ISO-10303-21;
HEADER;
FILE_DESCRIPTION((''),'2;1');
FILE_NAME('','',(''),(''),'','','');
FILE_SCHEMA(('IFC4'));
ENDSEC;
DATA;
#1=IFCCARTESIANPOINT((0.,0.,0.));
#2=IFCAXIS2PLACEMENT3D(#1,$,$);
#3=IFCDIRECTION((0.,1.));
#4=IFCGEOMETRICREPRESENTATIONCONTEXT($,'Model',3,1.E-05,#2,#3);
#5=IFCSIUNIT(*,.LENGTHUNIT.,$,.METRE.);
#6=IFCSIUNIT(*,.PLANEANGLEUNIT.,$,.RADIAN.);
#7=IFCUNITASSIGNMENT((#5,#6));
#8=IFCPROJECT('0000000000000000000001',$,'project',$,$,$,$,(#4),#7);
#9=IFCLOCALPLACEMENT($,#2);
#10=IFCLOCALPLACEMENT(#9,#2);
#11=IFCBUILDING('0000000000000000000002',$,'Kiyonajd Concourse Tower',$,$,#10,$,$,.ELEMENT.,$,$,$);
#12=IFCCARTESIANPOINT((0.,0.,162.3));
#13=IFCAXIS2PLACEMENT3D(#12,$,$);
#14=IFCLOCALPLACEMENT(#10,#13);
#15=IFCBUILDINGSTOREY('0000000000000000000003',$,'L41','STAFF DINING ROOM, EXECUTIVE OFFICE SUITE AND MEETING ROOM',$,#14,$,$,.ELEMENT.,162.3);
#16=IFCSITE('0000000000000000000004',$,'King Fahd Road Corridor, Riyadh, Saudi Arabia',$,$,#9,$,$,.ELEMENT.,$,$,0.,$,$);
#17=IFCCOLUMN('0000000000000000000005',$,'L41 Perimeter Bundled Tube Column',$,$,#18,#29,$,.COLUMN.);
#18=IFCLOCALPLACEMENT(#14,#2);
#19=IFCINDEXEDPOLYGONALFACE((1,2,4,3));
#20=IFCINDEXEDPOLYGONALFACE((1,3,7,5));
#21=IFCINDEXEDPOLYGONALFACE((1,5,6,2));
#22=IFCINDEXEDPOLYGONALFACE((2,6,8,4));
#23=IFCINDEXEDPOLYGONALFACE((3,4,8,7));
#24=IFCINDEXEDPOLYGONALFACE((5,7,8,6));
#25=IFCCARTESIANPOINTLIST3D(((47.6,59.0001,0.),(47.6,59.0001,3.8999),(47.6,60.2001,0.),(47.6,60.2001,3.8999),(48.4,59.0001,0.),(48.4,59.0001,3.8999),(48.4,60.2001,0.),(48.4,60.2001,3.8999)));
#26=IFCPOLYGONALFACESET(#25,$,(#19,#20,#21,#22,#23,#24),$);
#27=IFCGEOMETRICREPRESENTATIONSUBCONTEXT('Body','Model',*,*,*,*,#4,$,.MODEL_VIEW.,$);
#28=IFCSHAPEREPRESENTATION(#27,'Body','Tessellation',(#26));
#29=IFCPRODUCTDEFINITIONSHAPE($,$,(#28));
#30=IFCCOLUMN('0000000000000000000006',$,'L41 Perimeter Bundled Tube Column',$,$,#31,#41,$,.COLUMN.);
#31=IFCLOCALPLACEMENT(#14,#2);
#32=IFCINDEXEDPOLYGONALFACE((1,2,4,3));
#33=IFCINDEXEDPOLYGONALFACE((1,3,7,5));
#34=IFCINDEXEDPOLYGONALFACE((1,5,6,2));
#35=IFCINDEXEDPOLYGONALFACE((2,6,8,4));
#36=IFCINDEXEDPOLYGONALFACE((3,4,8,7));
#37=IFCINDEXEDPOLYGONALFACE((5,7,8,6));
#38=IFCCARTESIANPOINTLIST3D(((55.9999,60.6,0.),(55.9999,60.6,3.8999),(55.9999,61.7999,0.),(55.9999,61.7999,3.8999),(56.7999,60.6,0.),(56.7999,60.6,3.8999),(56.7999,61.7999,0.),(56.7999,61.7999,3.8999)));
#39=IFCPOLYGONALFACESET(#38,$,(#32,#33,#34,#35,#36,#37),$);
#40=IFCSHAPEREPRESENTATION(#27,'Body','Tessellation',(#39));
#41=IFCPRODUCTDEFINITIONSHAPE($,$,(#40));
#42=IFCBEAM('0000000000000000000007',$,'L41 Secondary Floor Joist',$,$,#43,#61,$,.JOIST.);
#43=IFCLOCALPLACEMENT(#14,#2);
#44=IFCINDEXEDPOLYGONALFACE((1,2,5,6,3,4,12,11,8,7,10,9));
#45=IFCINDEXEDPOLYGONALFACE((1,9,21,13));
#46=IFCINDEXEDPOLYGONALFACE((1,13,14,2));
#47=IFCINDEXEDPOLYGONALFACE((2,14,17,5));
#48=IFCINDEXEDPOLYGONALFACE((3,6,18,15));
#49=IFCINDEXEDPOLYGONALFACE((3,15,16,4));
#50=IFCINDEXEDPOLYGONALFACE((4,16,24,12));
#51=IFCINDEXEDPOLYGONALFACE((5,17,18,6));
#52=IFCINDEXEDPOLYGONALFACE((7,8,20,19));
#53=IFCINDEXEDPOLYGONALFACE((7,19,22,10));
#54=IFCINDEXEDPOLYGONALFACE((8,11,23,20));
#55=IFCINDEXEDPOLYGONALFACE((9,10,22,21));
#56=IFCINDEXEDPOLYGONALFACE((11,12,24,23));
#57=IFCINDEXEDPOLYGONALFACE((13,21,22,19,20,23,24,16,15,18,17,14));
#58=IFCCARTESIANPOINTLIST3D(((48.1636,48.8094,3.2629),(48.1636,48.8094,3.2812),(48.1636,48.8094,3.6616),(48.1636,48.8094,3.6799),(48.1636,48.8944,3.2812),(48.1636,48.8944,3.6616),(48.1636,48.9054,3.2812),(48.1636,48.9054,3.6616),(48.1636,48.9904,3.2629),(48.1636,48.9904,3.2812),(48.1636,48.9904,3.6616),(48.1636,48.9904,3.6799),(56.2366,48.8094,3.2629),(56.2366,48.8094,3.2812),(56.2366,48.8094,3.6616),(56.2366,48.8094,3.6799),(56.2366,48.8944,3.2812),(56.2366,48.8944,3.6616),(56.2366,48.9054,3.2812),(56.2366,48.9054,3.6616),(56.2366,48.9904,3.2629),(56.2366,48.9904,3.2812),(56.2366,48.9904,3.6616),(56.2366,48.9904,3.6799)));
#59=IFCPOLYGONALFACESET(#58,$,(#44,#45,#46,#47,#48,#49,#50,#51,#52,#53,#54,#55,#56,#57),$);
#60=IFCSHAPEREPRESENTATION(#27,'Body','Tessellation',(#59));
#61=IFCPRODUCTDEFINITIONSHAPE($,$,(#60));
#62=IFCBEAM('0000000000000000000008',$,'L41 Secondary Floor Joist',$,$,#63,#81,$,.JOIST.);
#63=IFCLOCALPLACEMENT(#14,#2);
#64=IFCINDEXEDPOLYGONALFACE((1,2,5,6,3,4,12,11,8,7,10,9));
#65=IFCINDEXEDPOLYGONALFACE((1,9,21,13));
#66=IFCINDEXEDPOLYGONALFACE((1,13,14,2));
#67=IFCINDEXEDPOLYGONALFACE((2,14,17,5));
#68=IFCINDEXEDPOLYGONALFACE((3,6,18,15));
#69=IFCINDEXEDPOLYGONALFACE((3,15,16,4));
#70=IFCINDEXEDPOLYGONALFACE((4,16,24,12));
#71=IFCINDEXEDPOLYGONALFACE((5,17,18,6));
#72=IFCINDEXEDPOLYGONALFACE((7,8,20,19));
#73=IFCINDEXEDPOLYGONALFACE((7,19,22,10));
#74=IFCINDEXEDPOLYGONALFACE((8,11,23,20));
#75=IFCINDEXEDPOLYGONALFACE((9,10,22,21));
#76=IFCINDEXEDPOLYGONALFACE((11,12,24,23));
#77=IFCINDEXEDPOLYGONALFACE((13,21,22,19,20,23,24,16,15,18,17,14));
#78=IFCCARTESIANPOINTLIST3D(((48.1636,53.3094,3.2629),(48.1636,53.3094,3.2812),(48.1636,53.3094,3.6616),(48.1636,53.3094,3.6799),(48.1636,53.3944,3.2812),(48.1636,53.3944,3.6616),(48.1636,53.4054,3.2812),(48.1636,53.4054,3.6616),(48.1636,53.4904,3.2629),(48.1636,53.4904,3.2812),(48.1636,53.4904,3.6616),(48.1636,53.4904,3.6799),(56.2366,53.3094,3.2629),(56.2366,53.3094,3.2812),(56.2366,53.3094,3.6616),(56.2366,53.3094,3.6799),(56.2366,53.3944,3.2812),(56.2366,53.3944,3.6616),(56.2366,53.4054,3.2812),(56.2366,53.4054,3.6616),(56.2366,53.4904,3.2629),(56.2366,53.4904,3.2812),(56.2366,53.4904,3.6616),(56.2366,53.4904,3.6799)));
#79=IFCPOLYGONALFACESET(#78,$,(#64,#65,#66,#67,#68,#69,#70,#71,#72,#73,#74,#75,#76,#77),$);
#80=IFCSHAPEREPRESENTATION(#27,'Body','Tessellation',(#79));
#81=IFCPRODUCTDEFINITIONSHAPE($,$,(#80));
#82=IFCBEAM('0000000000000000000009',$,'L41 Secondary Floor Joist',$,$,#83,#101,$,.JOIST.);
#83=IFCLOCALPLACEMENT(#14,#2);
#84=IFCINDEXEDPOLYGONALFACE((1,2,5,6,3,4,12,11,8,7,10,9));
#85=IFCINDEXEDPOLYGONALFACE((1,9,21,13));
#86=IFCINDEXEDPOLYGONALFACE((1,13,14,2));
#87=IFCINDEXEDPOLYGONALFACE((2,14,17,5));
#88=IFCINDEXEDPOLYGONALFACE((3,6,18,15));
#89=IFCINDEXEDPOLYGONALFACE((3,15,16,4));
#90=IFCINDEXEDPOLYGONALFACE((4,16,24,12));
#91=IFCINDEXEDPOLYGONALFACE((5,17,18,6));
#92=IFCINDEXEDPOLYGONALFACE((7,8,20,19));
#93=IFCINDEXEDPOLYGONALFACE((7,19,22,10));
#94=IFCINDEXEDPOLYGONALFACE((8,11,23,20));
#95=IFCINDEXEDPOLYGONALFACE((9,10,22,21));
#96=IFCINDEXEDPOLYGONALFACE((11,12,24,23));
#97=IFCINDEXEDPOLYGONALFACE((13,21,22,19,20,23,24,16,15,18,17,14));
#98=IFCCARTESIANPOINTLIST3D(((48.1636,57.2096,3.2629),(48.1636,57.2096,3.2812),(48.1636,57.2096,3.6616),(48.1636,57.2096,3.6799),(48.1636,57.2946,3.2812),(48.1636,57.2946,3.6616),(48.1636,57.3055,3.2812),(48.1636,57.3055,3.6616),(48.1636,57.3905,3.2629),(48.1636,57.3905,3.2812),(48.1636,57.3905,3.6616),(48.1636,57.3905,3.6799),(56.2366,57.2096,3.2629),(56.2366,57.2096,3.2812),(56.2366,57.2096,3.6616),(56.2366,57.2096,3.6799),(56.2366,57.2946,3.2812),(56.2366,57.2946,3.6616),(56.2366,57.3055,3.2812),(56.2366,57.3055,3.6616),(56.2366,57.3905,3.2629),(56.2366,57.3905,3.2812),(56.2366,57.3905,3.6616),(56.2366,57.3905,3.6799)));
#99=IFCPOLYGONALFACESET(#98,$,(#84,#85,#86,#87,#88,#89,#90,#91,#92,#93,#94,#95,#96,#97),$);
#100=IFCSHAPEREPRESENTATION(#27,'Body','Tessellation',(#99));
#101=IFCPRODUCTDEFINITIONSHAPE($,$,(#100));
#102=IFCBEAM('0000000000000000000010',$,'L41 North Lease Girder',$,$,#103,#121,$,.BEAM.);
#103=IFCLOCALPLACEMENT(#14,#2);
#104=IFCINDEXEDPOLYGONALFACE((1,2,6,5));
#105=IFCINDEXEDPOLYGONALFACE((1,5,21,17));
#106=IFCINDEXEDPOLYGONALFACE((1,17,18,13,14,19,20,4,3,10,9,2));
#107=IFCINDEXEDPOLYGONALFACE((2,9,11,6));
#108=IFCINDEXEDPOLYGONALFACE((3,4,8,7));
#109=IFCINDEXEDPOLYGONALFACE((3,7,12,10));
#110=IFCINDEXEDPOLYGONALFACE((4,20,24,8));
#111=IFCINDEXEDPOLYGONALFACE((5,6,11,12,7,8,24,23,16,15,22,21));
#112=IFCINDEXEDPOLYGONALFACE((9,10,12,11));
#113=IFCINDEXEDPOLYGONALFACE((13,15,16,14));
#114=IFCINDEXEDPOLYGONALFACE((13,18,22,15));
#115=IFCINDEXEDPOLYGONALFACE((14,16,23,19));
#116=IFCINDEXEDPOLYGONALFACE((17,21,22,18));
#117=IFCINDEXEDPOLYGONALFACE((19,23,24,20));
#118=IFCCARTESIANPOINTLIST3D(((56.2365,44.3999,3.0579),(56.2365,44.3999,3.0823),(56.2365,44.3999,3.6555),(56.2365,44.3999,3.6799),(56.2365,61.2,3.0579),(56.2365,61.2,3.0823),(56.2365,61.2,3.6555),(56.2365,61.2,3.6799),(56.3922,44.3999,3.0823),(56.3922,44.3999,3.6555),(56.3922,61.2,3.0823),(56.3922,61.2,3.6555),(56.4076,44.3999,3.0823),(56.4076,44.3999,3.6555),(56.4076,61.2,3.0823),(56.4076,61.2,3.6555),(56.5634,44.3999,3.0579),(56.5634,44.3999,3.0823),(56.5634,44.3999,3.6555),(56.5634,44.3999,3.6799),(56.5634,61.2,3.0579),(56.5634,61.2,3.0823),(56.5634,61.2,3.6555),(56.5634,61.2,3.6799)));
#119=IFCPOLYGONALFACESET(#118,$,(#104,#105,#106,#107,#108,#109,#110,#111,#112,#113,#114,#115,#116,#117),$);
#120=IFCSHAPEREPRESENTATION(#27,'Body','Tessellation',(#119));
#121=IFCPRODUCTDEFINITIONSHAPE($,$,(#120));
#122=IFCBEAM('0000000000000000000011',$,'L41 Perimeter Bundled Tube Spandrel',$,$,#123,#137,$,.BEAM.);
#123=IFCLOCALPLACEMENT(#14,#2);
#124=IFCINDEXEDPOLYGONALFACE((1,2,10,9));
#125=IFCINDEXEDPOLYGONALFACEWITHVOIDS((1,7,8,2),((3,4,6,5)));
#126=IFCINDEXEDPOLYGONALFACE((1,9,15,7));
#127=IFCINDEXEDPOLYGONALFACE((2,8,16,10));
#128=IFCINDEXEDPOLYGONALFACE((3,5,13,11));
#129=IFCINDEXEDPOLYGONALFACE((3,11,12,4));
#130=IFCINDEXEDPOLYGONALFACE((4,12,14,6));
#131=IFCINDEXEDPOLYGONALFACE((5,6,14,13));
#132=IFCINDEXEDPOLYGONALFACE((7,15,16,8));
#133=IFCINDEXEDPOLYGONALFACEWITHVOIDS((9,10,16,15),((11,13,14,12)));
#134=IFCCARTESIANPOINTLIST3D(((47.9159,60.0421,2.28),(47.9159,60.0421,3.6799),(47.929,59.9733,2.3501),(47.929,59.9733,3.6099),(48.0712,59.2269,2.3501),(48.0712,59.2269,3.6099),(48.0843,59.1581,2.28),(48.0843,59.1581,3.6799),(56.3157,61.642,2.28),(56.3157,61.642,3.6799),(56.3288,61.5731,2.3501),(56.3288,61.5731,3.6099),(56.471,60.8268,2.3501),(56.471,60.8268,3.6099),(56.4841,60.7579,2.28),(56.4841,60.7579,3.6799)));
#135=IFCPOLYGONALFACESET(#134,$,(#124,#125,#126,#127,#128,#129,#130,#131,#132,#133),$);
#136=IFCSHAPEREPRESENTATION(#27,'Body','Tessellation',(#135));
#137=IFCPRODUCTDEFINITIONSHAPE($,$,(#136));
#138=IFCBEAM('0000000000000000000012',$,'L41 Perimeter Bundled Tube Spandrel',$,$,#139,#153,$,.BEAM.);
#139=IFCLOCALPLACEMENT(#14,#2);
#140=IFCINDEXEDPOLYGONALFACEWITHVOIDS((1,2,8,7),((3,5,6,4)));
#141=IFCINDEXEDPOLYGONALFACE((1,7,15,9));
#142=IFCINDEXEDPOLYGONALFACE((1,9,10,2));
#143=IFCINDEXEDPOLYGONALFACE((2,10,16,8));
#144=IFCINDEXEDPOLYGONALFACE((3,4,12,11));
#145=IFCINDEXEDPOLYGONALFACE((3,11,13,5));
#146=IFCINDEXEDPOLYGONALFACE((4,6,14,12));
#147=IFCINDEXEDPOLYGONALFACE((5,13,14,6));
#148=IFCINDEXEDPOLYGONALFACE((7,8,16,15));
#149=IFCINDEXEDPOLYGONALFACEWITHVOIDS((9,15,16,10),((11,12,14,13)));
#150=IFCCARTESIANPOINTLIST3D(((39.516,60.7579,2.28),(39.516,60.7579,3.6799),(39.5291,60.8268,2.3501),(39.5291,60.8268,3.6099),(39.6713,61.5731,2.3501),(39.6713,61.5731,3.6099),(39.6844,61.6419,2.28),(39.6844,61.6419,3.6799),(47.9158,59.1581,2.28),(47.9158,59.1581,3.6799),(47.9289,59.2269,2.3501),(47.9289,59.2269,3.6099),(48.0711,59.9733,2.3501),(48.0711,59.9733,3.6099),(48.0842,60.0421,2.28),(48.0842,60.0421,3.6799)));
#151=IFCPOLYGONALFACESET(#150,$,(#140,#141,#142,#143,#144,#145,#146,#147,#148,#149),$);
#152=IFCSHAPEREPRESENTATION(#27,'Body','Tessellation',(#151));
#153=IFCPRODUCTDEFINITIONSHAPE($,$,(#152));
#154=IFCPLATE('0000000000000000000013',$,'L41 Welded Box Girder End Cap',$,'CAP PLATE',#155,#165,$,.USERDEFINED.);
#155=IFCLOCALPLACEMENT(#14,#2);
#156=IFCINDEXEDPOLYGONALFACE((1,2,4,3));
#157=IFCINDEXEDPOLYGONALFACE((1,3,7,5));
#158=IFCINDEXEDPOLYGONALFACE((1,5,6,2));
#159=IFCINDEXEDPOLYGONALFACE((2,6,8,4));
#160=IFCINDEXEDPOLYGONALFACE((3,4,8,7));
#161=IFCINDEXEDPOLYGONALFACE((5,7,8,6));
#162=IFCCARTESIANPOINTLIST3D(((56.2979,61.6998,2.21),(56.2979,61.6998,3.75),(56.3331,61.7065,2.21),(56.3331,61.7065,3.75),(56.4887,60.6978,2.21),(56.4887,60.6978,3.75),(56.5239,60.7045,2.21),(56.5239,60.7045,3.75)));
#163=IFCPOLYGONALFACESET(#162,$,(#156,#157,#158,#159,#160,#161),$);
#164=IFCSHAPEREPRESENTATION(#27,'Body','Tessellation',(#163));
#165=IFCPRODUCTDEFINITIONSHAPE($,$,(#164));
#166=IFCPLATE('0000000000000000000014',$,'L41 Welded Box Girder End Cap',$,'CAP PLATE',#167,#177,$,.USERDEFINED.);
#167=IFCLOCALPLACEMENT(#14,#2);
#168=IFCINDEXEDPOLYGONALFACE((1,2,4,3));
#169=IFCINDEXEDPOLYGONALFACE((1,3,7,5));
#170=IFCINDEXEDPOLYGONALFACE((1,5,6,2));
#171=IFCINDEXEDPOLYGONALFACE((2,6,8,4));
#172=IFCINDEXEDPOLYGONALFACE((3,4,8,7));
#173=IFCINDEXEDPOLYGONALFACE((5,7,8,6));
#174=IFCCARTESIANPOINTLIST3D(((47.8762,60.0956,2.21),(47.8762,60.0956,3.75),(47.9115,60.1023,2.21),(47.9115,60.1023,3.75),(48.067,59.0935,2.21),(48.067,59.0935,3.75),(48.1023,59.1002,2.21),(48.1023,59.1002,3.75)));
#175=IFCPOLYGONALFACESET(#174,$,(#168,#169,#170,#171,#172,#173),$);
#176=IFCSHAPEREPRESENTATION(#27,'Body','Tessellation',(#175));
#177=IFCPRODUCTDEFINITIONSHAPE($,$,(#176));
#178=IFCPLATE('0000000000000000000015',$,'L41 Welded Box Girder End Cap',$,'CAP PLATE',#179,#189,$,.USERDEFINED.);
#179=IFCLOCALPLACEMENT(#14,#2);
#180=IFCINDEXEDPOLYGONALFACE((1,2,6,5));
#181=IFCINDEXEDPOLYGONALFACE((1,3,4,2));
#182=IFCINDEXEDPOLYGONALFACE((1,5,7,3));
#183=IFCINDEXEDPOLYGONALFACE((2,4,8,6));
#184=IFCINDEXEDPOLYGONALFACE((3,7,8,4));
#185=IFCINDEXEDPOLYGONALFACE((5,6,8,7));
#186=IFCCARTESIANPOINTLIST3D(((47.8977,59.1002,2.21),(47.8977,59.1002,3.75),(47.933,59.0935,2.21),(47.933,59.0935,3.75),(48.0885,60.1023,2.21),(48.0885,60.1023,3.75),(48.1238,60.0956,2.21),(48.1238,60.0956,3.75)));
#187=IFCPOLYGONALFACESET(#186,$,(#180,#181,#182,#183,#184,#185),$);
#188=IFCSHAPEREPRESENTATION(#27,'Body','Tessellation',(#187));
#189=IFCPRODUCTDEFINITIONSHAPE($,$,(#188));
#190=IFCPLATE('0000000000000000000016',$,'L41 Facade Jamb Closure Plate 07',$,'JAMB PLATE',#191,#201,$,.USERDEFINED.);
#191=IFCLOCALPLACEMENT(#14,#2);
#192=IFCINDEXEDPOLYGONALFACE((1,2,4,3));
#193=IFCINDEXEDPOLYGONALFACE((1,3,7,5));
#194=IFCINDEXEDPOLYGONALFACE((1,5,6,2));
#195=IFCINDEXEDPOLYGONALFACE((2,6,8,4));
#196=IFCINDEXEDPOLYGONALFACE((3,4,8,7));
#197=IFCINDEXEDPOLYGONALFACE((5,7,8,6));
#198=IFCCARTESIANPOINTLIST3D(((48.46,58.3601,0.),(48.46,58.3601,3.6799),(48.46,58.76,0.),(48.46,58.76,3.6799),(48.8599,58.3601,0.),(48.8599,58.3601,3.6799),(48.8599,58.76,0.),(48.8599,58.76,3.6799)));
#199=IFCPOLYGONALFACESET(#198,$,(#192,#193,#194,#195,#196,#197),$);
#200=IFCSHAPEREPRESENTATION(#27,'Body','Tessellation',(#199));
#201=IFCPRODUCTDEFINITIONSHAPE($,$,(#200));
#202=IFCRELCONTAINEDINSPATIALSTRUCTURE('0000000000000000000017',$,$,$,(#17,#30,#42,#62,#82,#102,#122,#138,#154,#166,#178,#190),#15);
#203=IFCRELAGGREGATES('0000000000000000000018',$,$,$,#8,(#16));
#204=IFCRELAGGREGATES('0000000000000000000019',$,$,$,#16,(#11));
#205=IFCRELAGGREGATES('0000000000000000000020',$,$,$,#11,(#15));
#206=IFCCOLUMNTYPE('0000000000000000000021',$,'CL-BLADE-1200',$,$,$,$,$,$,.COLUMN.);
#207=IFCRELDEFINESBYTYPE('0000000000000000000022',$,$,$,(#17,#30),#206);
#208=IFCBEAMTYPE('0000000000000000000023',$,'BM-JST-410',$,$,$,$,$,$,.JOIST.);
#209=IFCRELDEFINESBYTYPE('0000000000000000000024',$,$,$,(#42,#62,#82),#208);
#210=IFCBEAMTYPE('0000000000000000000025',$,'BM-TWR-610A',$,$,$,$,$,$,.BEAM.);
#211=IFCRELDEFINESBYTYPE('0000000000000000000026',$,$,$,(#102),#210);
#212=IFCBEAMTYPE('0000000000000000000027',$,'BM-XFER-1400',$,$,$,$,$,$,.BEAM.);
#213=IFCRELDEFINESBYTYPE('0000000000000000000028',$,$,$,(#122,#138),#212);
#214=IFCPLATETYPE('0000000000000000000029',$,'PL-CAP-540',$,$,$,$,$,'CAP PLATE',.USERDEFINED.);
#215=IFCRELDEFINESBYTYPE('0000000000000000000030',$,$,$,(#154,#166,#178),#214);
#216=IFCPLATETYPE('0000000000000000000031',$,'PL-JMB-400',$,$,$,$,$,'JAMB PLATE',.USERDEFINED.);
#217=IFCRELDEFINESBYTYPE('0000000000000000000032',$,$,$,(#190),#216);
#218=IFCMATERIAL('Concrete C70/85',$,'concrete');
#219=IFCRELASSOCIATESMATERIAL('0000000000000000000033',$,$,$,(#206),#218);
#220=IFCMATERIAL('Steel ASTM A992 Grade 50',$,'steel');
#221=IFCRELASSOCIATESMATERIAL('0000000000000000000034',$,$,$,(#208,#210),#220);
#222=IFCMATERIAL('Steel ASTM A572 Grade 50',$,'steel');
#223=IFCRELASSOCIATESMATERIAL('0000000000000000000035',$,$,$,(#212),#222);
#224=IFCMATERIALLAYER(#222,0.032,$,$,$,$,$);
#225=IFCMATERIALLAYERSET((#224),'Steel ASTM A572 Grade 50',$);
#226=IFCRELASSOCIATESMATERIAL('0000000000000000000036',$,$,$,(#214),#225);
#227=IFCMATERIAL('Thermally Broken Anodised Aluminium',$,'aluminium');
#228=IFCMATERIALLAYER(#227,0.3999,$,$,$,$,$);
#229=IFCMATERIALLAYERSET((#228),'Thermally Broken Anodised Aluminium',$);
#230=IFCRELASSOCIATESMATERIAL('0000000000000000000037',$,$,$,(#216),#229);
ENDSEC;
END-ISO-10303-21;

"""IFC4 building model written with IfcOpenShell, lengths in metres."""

from ifc_helpers import new_model, si_unit, direction, frame, origin, origin_2d, place, context, subcontext, project, spatial, rectangle, hollow_rectangle, i_section, extrude, material, layer, layer_set, material_profile, profile_set, type_object, element, save


model = new_model("IFC4")

# Units and contexts
model_context = context("Model", 3, precision=1e-05, world=origin(), true_north=direction((0.0, 1.0)))
body_context = subcontext(model_context, "Body", "Model", "MODEL_VIEW")
ifc_project = project(units=[si_unit("LENGTHUNIT", "METRE"), si_unit("PLANEANGLEUNIT", "RADIAN")], contexts=[model_context])

# Site, building, storey
site_placement = place(None, origin())
site = spatial("IfcSite", under=ifc_project, at=site_placement, Name="King Fahd Road Corridor, Riyadh, Saudi Arabia", CompositionType="ELEMENT", RefElevation=0.0)
building_placement = place(site_placement, origin())
building = spatial("IfcBuilding", under=site, at=building_placement, Name="Kiyonajd Concourse Tower", CompositionType="ELEMENT")
storey_placement = place(building_placement, frame((0.0, 0.0, 162.3)))
storey = spatial("IfcBuildingStorey", under=building, at=storey_placement, Name="L41", Description="STAFF DINING ROOM, EXECUTIVE OFFICE SUITE AND MEETING ROOM", CompositionType="ELEMENT", Elevation=162.3)

# Columns
ifc_material_1 = material(Name="Concrete C70/85", Category="concrete")
ifc_material_profile_1 = material_profile(ifc_material_1, rectangle(XDim=0.8, YDim=1.2, at=origin_2d()), Name="RC-1200x800")
ifc_profile_set_1 = profile_set([ifc_material_profile_1], Name="Concrete C70/85")
column_type = type_object("IfcColumnType", Name="CL-BLADE-1200", PredefinedType="COLUMN", material=ifc_profile_set_1)
for number, where, z_axis, x_axis, name in (
    (1, (48.0, 59.6001, 0.0), (0.0, 0.0, 1.0), (1.0, 0.0, 0.0), "L41 Perimeter Bundled Tube Column"),
    (2, (56.3999, 61.2, 0.0), (0.0, 0.0, 1.0), (1.0, 0.0, 0.0), "L41 Perimeter Bundled Tube Column"),
):
    element("IfcColumn", number, at=place(storey_placement, frame(where, z_axis=z_axis, x_axis=x_axis)), inside=storey, type_object=column_type, Name=name, PredefinedType="COLUMN", context=body_context, shape_type="SweptSolid", body=[
        extrude(rectangle(XDim=0.8, YDim=1.2, at=origin_2d()), origin(), (0.0, 0.0, 1.0), 3.8999),
    ])

# Beams
ifc_material_2 = material(Name="Steel ASTM A992 Grade 50", Category="steel")
ifc_material_profile_2 = material_profile(ifc_material_2, i_section(OverallWidth=0.1809, OverallDepth=0.417, WebThickness=0.011, FlangeThickness=0.0183, at=origin_2d()), Name="W410X85")
ifc_profile_set_2 = profile_set([ifc_material_profile_2], Name="Steel ASTM A992 Grade 50")
beam_type_1 = type_object("IfcBeamType", Name="BM-JST-410", PredefinedType="JOIST", material=ifc_profile_set_2)
for number, where, z_axis, x_axis, name in (
    (3, (48.1636, 48.8999, 3.4714), (1.0, 0.0, 0.0), (0.0, 1.0, 0.0), "L41 Secondary Floor Joist"),
    (4, (48.1636, 53.3999, 3.4714), (1.0, 0.0, 0.0), (0.0, 1.0, 0.0), "L41 Secondary Floor Joist"),
    (5, (48.1636, 57.3, 3.4714), (1.0, 0.0, 0.0), (0.0, 1.0, 0.0), "L41 Secondary Floor Joist"),
):
    element("IfcBeam", number, at=place(storey_placement, frame(where, z_axis=z_axis, x_axis=x_axis)), inside=storey, type_object=beam_type_1, Name=name, PredefinedType="JOIST", context=body_context, shape_type="SweptSolid", body=[
        extrude(i_section(OverallWidth=0.1809, OverallDepth=0.417, WebThickness=0.011, FlangeThickness=0.0183, at=origin_2d()), origin(), (0.0, 0.0, 1.0), 8.073),
    ])
ifc_material_profile_3 = material_profile(ifc_material_2, i_section(OverallWidth=0.3269, OverallDepth=0.6221, WebThickness=0.0154, FlangeThickness=0.0244, at=origin_2d()), Name="W610X195")
ifc_profile_set_3 = profile_set([ifc_material_profile_3], Name="Steel ASTM A992 Grade 50")
beam_type_2 = type_object("IfcBeamType", Name="BM-TWR-610A", PredefinedType="BEAM", material=ifc_profile_set_3)
beam_placement = place(storey_placement, frame((56.3999, 44.3999, 3.3689), z_axis=(0.0, 1.0, 0.0), x_axis=(-1.0, 0.0, 0.0)))
element("IfcBeam", 6, at=beam_placement, inside=storey, type_object=beam_type_2, Name="L41 North Lease Girder", PredefinedType="BEAM", context=body_context, shape_type="SweptSolid", body=[
    extrude(i_section(OverallWidth=0.3269, OverallDepth=0.6221, WebThickness=0.0154, FlangeThickness=0.0244, at=origin_2d()), origin(), (0.0, 0.0, 1.0), 16.8),
])
ifc_material_3 = material(Name="Steel ASTM A572 Grade 50", Category="steel")
ifc_material_profile_4 = material_profile(ifc_material_3, hollow_rectangle(XDim=0.8999, YDim=1.3999, WallThickness=0.0701, at=origin_2d()), Name="BOX-1400x900x70")
ifc_profile_set_4 = profile_set([ifc_material_profile_4], Name="Steel ASTM A572 Grade 50")
beam_type_3 = type_object("IfcBeamType", Name="BM-XFER-1400", PredefinedType="BEAM", material=ifc_profile_set_4)
for number, where, z_axis, x_axis, name in (
    (7, (56.3999, 61.2, 2.98), (-0.982341, -0.187098, 0.0), (0.187098, -0.982341, 0.0), "L41 Perimeter Bundled Tube Spandrel"),
    (8, (48.0, 59.6001, 2.98), (-0.982341, 0.187098, 0.0), (-0.187098, -0.982341, 0.0), "L41 Perimeter Bundled Tube Spandrel"),
):
    element("IfcBeam", number, at=place(storey_placement, frame(where, z_axis=z_axis, x_axis=x_axis)), inside=storey, type_object=beam_type_3, Name=name, PredefinedType="BEAM", context=body_context, shape_type="SweptSolid", body=[
        extrude(hollow_rectangle(XDim=0.8999, YDim=1.3999, WallThickness=0.0701, at=origin_2d()), origin(), (0.0, 0.0, 1.0), 8.5508),
    ])

# Plates
ifc_layer_1 = layer(ifc_material_3, 0.032)
ifc_layer_set_1 = layer_set([ifc_layer_1], Name="Steel ASTM A572 Grade 50")
plate_type_1 = type_object("IfcPlateType", Name="PL-CAP-540", ElementType="CAP PLATE", PredefinedType="USERDEFINED", material=ifc_layer_set_1)
for number, where, z_axis, x_axis, name in (
    (9, (56.4109, 61.2021, 2.21), (0.0, 0.0, 1.0), (0.982353, 0.187038, 0.0), "L41 Welded Box Girder End Cap"),
    (10, (47.9893, 59.5979, 2.21), (0.0, 0.0, 1.0), (-0.982353, -0.187038, 0.0), "L41 Welded Box Girder End Cap"),
    (11, (48.0107, 59.5979, 2.21), (0.0, 0.0, 1.0), (0.982353, -0.187038, 0.0), "L41 Welded Box Girder End Cap"),
):
    element("IfcPlate", number, at=place(storey_placement, frame(where, z_axis=z_axis, x_axis=x_axis)), inside=storey, type_object=plate_type_1, Name=name, ObjectType="CAP PLATE", PredefinedType="USERDEFINED", context=body_context, shape_type="SweptSolid", body=[
        extrude(rectangle(XDim=0.0359, YDim=1.02, at=origin_2d()), origin(), (0.0, 0.0, 1.0), 1.54),
    ])
ifc_material_4 = material(Name="Thermally Broken Anodised Aluminium", Category="aluminium")
ifc_layer_2 = layer(ifc_material_4, 0.3999)
ifc_layer_set_2 = layer_set([ifc_layer_2], Name="Thermally Broken Anodised Aluminium")
plate_type_2 = type_object("IfcPlateType", Name="PL-JMB-400", ElementType="JAMB PLATE", PredefinedType="USERDEFINED", material=ifc_layer_set_2)
for number, where, z_axis, x_axis, name in (
    (12, (48.6599, 58.5601, 0.0), (0.0, 0.0, 1.0), (1.0, 0.0, 0.0), "L41 Facade Jamb Closure Plate 07"),
):
    element("IfcPlate", number, at=place(storey_placement, frame(where, z_axis=z_axis, x_axis=x_axis)), inside=storey, type_object=plate_type_2, Name=name, ObjectType="JAMB PLATE", PredefinedType="USERDEFINED", context=body_context, shape_type="SweptSolid", body=[
        extrude(rectangle(XDim=0.3999, YDim=0.3999, at=origin_2d()), origin(), (0.0, 0.0, 1.0), 3.6799),
    ])

save(model, "model.ifc")
